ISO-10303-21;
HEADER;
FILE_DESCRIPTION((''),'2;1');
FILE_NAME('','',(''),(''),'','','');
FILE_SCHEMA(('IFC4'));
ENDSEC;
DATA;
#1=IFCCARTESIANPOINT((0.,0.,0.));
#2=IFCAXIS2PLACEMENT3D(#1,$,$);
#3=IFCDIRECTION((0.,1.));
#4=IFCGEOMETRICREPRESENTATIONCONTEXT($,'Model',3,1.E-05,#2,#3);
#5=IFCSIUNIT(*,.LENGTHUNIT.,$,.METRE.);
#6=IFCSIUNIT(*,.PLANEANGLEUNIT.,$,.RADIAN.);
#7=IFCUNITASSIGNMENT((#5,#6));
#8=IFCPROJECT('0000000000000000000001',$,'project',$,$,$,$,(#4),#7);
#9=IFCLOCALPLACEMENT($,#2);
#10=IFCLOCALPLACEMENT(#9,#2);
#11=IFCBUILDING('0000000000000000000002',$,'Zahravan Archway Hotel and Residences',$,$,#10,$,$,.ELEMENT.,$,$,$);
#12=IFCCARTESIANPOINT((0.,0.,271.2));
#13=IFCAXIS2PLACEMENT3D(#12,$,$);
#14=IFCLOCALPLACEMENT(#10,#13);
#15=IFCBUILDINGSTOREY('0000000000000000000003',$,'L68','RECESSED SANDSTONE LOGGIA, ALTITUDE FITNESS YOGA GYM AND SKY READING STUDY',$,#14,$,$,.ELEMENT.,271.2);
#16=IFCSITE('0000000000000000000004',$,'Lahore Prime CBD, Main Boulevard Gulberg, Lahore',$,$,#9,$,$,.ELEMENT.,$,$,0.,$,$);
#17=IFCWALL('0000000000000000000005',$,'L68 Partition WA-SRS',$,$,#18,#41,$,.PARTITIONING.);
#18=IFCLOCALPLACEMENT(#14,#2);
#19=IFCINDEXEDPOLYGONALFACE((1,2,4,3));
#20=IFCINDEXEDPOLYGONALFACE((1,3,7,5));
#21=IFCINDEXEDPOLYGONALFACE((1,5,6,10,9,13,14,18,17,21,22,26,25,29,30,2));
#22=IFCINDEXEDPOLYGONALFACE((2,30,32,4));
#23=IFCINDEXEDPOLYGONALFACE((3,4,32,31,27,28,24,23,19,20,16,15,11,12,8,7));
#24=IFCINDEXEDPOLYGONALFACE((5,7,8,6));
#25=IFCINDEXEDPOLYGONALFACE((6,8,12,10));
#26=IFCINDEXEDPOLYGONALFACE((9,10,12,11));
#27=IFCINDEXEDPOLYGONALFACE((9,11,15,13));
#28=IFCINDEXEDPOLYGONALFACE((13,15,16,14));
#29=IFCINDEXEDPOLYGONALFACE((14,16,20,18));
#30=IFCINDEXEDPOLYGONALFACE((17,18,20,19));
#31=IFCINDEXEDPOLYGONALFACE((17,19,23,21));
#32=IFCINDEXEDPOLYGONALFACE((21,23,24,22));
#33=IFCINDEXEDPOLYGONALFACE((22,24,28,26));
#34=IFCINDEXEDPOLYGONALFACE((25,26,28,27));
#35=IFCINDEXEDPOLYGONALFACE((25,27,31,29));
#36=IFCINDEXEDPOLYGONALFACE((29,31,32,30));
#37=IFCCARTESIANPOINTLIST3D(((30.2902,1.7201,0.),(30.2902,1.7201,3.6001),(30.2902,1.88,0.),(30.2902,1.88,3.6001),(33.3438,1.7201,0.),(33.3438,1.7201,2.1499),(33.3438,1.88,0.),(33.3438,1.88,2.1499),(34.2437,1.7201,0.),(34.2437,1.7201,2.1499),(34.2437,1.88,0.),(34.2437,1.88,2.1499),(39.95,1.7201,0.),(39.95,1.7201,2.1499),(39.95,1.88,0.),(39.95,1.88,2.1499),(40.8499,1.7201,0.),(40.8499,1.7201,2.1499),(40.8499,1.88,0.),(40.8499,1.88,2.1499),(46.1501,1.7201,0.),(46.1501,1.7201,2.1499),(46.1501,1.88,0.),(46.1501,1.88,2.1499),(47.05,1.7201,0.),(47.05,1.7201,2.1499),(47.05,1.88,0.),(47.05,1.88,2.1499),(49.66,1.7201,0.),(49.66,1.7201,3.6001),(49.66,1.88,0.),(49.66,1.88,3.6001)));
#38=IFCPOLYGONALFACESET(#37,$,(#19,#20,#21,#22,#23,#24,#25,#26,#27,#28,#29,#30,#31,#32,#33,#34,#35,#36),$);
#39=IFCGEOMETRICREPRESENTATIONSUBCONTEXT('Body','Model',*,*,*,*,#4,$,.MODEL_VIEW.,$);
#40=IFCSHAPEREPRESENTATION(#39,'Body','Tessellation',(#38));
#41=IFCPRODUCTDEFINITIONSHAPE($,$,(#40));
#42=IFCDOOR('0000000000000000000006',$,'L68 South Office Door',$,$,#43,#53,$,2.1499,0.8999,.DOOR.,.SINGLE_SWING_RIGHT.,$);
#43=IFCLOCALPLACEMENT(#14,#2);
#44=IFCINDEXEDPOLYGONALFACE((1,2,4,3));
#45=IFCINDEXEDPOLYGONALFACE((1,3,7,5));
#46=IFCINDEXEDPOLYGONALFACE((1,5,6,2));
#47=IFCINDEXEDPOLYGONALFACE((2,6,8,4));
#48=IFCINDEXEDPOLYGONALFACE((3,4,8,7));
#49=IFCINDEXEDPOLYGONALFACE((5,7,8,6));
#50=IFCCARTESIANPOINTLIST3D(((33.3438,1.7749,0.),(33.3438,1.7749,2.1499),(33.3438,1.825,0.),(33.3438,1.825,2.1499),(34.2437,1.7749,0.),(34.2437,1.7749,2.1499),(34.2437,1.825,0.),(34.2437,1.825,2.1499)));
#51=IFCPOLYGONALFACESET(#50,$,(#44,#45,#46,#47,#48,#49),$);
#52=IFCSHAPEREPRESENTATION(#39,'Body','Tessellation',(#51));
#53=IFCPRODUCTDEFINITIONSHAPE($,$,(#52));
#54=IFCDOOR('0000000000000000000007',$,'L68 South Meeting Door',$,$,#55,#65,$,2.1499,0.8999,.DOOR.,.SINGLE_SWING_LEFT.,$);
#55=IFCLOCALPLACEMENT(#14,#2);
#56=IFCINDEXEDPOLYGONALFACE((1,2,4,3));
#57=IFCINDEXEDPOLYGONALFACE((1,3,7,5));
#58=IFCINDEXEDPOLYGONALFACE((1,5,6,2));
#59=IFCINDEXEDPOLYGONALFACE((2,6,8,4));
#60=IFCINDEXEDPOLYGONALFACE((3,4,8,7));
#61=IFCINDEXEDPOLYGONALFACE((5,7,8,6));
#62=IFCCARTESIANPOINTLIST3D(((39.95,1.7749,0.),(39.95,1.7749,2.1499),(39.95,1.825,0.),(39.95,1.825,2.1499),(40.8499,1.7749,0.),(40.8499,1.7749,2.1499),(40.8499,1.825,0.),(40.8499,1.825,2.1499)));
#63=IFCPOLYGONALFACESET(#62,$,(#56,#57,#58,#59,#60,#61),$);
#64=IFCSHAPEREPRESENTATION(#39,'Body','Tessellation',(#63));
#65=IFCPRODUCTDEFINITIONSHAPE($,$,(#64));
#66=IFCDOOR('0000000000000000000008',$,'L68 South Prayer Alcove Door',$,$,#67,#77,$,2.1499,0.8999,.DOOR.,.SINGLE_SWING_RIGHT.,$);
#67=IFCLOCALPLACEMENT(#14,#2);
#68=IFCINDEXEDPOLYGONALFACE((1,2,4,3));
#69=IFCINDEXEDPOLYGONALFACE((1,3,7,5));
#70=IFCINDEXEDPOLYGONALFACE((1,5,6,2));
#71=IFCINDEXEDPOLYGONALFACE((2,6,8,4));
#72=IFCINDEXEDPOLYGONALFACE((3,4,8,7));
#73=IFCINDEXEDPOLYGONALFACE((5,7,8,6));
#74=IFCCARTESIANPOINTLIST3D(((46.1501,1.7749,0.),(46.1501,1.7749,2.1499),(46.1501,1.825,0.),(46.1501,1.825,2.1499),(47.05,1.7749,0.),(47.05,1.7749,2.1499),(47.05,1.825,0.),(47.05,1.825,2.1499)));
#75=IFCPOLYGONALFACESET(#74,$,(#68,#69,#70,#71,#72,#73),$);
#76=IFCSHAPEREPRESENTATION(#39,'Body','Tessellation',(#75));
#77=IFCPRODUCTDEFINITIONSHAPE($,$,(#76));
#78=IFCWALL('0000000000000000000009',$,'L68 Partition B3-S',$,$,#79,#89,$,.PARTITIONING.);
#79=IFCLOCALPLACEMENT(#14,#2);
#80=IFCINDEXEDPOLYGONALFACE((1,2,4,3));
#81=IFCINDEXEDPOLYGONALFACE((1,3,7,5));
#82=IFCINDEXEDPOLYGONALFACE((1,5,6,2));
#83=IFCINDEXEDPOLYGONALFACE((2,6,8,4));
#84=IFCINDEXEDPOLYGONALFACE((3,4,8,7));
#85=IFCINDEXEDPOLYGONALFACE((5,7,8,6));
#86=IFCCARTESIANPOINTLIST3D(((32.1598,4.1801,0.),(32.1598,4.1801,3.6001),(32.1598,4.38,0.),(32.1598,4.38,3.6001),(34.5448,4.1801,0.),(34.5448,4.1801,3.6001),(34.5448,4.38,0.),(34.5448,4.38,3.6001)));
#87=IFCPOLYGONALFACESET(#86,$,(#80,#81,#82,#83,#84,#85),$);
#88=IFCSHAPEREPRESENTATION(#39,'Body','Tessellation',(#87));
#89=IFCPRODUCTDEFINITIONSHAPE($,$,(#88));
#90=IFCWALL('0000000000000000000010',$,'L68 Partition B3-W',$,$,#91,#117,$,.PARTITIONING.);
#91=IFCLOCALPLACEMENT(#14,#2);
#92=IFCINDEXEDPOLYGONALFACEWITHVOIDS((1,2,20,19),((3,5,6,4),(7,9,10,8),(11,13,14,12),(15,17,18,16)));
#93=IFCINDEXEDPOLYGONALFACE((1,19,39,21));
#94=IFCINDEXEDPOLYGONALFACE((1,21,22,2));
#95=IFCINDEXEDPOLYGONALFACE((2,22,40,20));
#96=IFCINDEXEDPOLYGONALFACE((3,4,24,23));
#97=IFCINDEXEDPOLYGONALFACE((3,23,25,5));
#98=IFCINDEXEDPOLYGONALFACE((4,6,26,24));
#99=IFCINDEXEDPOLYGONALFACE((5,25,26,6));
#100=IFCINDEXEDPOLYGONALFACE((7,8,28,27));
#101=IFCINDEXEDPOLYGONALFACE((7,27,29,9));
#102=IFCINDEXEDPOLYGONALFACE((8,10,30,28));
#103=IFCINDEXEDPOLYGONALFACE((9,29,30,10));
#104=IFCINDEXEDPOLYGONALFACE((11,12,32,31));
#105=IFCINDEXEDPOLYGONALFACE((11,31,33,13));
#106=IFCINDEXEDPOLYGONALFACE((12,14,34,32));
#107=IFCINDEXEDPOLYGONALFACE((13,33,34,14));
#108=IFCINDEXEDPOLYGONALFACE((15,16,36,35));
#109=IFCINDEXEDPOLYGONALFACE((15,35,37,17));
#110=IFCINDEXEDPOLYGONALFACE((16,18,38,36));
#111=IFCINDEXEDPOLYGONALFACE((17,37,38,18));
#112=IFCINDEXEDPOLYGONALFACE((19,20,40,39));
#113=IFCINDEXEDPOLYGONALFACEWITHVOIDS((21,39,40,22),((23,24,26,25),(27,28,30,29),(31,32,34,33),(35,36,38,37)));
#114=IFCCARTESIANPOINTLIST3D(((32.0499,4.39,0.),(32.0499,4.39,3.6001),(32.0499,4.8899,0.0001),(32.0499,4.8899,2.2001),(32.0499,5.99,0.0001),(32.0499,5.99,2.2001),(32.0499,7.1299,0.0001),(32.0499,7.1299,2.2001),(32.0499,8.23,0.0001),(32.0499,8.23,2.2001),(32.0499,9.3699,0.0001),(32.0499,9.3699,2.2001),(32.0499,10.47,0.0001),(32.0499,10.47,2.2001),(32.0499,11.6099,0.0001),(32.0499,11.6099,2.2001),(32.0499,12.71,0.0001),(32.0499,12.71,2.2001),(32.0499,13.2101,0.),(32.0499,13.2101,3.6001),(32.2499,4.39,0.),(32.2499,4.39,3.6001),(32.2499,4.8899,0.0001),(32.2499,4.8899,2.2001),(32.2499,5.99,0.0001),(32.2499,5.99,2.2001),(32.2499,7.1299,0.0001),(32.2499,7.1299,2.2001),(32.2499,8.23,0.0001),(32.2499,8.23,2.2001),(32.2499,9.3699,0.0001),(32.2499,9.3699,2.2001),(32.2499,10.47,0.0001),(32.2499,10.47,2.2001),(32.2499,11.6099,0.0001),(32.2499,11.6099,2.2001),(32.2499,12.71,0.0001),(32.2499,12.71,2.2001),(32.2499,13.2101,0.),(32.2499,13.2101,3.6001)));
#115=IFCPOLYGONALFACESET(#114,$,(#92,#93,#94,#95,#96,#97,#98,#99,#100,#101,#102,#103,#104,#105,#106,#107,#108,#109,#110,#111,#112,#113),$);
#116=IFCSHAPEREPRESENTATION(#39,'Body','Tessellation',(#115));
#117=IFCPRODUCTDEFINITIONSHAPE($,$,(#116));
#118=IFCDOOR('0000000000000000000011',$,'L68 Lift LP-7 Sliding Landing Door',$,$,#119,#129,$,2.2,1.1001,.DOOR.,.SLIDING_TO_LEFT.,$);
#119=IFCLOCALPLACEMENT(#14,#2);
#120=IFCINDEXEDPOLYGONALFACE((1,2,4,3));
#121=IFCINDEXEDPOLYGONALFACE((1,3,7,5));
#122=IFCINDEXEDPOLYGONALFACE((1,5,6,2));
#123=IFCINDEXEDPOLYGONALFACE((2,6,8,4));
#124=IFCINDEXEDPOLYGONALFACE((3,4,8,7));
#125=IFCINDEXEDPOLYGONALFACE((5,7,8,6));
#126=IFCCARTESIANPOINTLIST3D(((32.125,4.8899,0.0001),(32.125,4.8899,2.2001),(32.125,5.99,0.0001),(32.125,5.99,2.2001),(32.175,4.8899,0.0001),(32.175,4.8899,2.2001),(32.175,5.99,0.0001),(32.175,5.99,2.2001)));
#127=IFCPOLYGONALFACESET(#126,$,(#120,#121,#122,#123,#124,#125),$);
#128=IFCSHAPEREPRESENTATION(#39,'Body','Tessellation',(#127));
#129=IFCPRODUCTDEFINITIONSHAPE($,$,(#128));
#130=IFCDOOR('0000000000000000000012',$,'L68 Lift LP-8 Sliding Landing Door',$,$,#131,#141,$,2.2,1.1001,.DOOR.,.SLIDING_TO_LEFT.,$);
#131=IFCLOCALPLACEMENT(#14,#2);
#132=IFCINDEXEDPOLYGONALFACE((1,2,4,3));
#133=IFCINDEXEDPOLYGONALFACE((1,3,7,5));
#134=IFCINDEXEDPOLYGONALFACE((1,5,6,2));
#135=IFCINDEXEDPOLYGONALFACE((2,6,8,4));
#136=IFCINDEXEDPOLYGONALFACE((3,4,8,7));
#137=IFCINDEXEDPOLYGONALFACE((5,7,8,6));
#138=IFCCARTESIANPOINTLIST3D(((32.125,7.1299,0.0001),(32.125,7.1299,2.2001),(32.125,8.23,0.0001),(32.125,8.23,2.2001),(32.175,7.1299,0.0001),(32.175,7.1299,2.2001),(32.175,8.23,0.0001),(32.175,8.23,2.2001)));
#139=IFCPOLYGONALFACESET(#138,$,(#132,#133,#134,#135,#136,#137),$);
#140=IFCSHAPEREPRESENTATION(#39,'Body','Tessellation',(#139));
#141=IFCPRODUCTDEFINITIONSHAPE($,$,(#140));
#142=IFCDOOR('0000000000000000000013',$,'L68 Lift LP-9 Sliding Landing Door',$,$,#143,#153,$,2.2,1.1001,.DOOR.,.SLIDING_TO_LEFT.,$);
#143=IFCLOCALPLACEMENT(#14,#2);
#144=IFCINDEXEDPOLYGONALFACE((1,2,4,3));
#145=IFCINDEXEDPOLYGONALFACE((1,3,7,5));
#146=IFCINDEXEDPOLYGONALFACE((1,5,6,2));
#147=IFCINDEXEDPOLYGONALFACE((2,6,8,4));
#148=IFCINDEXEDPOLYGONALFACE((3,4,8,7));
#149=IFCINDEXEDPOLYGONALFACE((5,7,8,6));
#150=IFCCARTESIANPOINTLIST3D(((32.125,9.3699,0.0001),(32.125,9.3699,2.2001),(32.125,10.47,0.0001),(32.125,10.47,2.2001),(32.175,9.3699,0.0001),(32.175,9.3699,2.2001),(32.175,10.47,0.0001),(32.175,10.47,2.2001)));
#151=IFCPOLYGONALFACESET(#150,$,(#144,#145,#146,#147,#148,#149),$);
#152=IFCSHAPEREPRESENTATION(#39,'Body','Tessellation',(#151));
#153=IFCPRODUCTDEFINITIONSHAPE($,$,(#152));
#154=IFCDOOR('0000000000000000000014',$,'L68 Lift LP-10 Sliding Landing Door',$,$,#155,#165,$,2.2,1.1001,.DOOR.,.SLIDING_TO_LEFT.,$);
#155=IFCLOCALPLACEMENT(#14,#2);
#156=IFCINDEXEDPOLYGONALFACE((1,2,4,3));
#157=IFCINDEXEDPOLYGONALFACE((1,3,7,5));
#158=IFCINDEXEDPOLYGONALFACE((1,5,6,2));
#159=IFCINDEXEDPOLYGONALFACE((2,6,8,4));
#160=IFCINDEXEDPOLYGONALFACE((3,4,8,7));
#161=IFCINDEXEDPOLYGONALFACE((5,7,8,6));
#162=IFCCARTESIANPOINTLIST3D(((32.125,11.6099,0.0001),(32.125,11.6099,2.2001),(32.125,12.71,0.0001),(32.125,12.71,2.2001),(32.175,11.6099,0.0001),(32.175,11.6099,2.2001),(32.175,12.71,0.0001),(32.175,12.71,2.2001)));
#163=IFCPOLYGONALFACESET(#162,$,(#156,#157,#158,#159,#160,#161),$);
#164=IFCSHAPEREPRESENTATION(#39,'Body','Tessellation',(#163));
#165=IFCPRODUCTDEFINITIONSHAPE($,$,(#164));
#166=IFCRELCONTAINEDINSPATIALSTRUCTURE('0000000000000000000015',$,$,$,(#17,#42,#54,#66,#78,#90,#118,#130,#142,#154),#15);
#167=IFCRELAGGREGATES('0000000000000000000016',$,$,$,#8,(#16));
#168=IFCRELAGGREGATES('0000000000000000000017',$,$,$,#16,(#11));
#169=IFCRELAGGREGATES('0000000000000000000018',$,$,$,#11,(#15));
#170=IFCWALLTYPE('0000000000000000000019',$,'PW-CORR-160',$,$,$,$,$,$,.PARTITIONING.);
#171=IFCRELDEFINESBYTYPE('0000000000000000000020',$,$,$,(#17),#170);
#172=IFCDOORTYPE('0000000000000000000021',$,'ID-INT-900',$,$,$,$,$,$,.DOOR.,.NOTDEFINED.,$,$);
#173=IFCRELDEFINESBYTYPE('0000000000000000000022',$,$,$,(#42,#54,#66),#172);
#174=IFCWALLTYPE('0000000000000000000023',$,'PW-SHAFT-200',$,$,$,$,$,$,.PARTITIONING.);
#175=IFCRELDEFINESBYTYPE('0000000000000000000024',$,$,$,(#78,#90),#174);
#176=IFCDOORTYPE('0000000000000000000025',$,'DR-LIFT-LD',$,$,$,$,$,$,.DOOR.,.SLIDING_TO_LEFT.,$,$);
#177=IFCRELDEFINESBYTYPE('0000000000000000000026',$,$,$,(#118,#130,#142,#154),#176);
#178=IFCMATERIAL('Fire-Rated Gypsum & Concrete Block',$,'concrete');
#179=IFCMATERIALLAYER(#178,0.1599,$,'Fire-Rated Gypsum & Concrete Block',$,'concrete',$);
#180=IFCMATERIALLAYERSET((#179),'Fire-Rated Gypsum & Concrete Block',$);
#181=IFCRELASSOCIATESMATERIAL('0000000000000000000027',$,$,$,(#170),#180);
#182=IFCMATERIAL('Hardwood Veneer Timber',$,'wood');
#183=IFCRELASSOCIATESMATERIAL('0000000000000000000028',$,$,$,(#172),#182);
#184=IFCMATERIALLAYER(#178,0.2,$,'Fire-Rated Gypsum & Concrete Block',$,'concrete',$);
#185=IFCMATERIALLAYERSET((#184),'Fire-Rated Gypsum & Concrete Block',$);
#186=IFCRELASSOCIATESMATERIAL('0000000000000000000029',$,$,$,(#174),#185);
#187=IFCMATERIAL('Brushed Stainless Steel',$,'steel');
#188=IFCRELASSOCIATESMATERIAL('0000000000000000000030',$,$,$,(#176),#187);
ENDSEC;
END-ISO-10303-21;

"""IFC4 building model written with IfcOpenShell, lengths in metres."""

from ifc_helpers import new_model, si_unit, direction, frame, frame_2d, origin, place, context, subcontext, project, spatial, rectangle, extrude, source, transform, mapped, material, layer, layer_set, type_object, type_shapes, element, fill, save


model = new_model("IFC4")

# Units and contexts
model_context = context("Model", 3, precision=1e-05, world=origin(), true_north=direction((0.0, 1.0)))
body_context = subcontext(model_context, "Body", "Model", "MODEL_VIEW")
ifc_project = project(units=[si_unit("LENGTHUNIT", "METRE"), si_unit("PLANEANGLEUNIT", "RADIAN")], contexts=[model_context])

# Site, building, storey
site_placement = place(None, origin())
site = spatial("IfcSite", under=ifc_project, at=site_placement, Name="Lahore Prime CBD, Main Boulevard Gulberg, Lahore", CompositionType="ELEMENT", RefElevation=0.0)
building_placement = place(site_placement, origin())
building = spatial("IfcBuilding", under=site, at=building_placement, Name="Zahravan Archway Hotel and Residences", CompositionType="ELEMENT")
storey_placement = place(building_placement, frame((0.0, 0.0, 271.2)))
storey = spatial("IfcBuildingStorey", under=building, at=storey_placement, Name="L68", Description="RECESSED SANDSTONE LOGGIA, ALTITUDE FITNESS YOGA GYM AND SKY READING STUDY", CompositionType="ELEMENT", Elevation=271.2)

# Shared definitions
ifc_material_1 = material(Name="Fire-Rated Gypsum & Concrete Block", Category="concrete")

# Shared definitions
ifc_layer_1 = layer(ifc_material_1, 0.1599, Name="Fire-Rated Gypsum & Concrete Block", Category="concrete")
ifc_layer_set_1 = layer_set([ifc_layer_1], Name="Fire-Rated Gypsum & Concrete Block")
wall_type_1 = type_object("IfcWallType", Name="PW-CORR-160", PredefinedType="PARTITIONING", material=ifc_layer_set_1)

# Wall, openings, doors
wall_1_placement = place(storey_placement, frame((30.29, 1.8, 0.0), z_axis=(0.0, 0.0, 1.0), x_axis=(1.0, 0.0, 0.0)))
wall_1 = element("IfcWall", 1, at=wall_1_placement, inside=storey, type_object=wall_type_1, Name="L68 Partition WA-SRS", PredefinedType="PARTITIONING", context=body_context, shape_type="SweptSolid", body=[
    extrude(rectangle(XDim=19.3699, YDim=0.1599, at=frame_2d((9.6851, 0.0))), origin(), (0.0, 0.0, 1.0), 3.6001),
])
opening_1_placement = place(wall_1_placement, frame((3.0537, 0.0, 0.0)))
opening_1 = element("IfcOpeningElement", 2, at=opening_1_placement, cuts=wall_1, PredefinedType="OPENING", context=body_context, shape_type="SweptSolid", body=[
    extrude(rectangle(XDim=0.8999, YDim=2.1499, at=frame_2d((0.45, 1.075))), frame((0.0, 0.0898, 0.0), z_axis=(0.0, -1.0, 0.0), x_axis=(1.0, 0.0, 0.0)), (0.0, 0.0, 1.0), 0.1799),
])
opening_2_placement = place(wall_1_placement, frame((9.6599, 0.0, 0.0)))
opening_2 = element("IfcOpeningElement", 3, at=opening_2_placement, cuts=wall_1, PredefinedType="OPENING", context=body_context, shape_type="SweptSolid", body=[
    extrude(rectangle(XDim=0.8999, YDim=2.1499, at=frame_2d((0.45, 1.075))), frame((0.0, 0.0898, 0.0), z_axis=(0.0, -1.0, 0.0), x_axis=(1.0, 0.0, 0.0)), (0.0, 0.0, 1.0), 0.1799),
])
opening_3_placement = place(wall_1_placement, frame((15.8601, 0.0, 0.0)))
opening_3 = element("IfcOpeningElement", 4, at=opening_3_placement, cuts=wall_1, PredefinedType="OPENING", context=body_context, shape_type="SweptSolid", body=[
    extrude(rectangle(XDim=0.8999, YDim=2.1499, at=frame_2d((0.45, 1.075))), frame((0.0, 0.0898, 0.0), z_axis=(0.0, -1.0, 0.0), x_axis=(1.0, 0.0, 0.0)), (0.0, 0.0, 1.0), 0.1799),
])
ifc_material_2 = material(Name="Hardwood Veneer Timber", Category="wood")
door_type_1 = type_object("IfcDoorType", Name="ID-INT-900", OperationType="NOTDEFINED", PredefinedType="DOOR", material=ifc_material_2)
shared_shape_1 = source(origin(), body_context, "Body", "SweptSolid", [
    extrude(rectangle(XDim=0.8999, YDim=2.1499, at=frame_2d((0.45, 1.075))), frame((0.0, 0.0249, 0.0), z_axis=(0.0, -1.0, 0.0), x_axis=(1.0, 0.0, 0.0)), (0.0, 0.0, 1.0), 0.05),
])
type_shapes(door_type_1, [shared_shape_1])
door_1_placement = place(opening_1_placement, origin())
door_1 = element("IfcDoor", 5, at=door_1_placement, inside=storey, type_object=door_type_1, Name="L68 South Office Door", OperationType="SINGLE_SWING_RIGHT", OverallHeight=2.1499, OverallWidth=0.8999, PredefinedType="DOOR", context=body_context, shape_type="MappedRepresentation", body=[
    mapped(shared_shape_1, transform((0.0, 0.0, 0.0), scale=1.0)),
])
fill(opening_1, door_1)
door_2_placement = place(opening_2_placement, origin())
door_2 = element("IfcDoor", 6, at=door_2_placement, inside=storey, type_object=door_type_1, Name="L68 South Meeting Door", OperationType="SINGLE_SWING_LEFT", OverallHeight=2.1499, OverallWidth=0.8999, PredefinedType="DOOR", context=body_context, shape_type="MappedRepresentation", body=[
    mapped(shared_shape_1, transform((0.0, 0.0, 0.0), scale=1.0)),
])
fill(opening_2, door_2)
door_3_placement = place(opening_3_placement, origin())
door_3 = element("IfcDoor", 7, at=door_3_placement, inside=storey, type_object=door_type_1, Name="L68 South Prayer Alcove Door", OperationType="SINGLE_SWING_RIGHT", OverallHeight=2.1499, OverallWidth=0.8999, PredefinedType="DOOR", context=body_context, shape_type="MappedRepresentation", body=[
    mapped(shared_shape_1, transform((0.0, 0.0, 0.0), scale=1.0)),
])
fill(opening_3, door_3)

# Wall
ifc_layer_2 = layer(ifc_material_1, 0.2, Name="Fire-Rated Gypsum & Concrete Block", Category="concrete")
ifc_layer_set_2 = layer_set([ifc_layer_2], Name="Fire-Rated Gypsum & Concrete Block")
wall_type_2 = type_object("IfcWallType", Name="PW-SHAFT-200", PredefinedType="PARTITIONING", material=ifc_layer_set_2)
wall_2_placement = place(storey_placement, frame((32.1599, 4.28, 0.0), z_axis=(0.0, 0.0, 1.0), x_axis=(1.0, 0.0, 0.0)))
element("IfcWall", 8, at=wall_2_placement, inside=storey, type_object=wall_type_2, Name="L68 Partition B3-S", PredefinedType="PARTITIONING", context=body_context, shape_type="SweptSolid", body=[
    extrude(rectangle(XDim=2.385, YDim=0.2, at=frame_2d((1.1924, 0.0))), origin(), (0.0, 0.0, 1.0), 3.6001),
])

# Wall, openings, doors
wall_3_placement = place(storey_placement, frame((32.1499, 4.3899, 0.0), z_axis=(0.0, 0.0, 1.0), x_axis=(0.0, 1.0, 0.0)))
wall_3 = element("IfcWall", 9, at=wall_3_placement, inside=storey, type_object=wall_type_2, Name="L68 Partition B3-W", PredefinedType="PARTITIONING", context=body_context, shape_type="SweptSolid", body=[
    extrude(rectangle(XDim=8.8201, YDim=0.2, at=frame_2d((4.4102, 0.0))), origin(), (0.0, 0.0, 1.0), 3.6001),
])
opening_4_placement = place(wall_3_placement, frame((0.5, 0.0, 0.0)))
opening_4 = element("IfcOpeningElement", 10, at=opening_4_placement, cuts=wall_3, PredefinedType="OPENING", context=body_context, shape_type="SweptSolid", body=[
    extrude(rectangle(XDim=1.1001, YDim=2.2, at=frame_2d((0.55, 1.1001))), frame((0.0, 0.1099, 0.0), z_axis=(0.0, -1.0, 0.0), x_axis=(1.0, 0.0, 0.0)), (0.0, 0.0, 1.0), 0.22),
])
opening_5_placement = place(wall_3_placement, frame((2.74, 0.0, 0.0)))
opening_5 = element("IfcOpeningElement", 11, at=opening_5_placement, cuts=wall_3, PredefinedType="OPENING", context=body_context, shape_type="SweptSolid", body=[
    extrude(rectangle(XDim=1.1001, YDim=2.2, at=frame_2d((0.55, 1.1001))), frame((0.0, 0.1099, 0.0), z_axis=(0.0, -1.0, 0.0), x_axis=(1.0, 0.0, 0.0)), (0.0, 0.0, 1.0), 0.22),
])
opening_6_placement = place(wall_3_placement, frame((4.98, 0.0, 0.0)))
opening_6 = element("IfcOpeningElement", 12, at=opening_6_placement, cuts=wall_3, PredefinedType="OPENING", context=body_context, shape_type="SweptSolid", body=[
    extrude(rectangle(XDim=1.1001, YDim=2.2, at=frame_2d((0.55, 1.1001))), frame((0.0, 0.1099, 0.0), z_axis=(0.0, -1.0, 0.0), x_axis=(1.0, 0.0, 0.0)), (0.0, 0.0, 1.0), 0.22),
])
opening_7_placement = place(wall_3_placement, frame((7.22, 0.0, 0.0)))
opening_7 = element("IfcOpeningElement", 13, at=opening_7_placement, cuts=wall_3, PredefinedType="OPENING", context=body_context, shape_type="SweptSolid", body=[
    extrude(rectangle(XDim=1.1001, YDim=2.2, at=frame_2d((0.55, 1.1001))), frame((0.0, 0.1099, 0.0), z_axis=(0.0, -1.0, 0.0), x_axis=(1.0, 0.0, 0.0)), (0.0, 0.0, 1.0), 0.22),
])
ifc_material_3 = material(Name="Brushed Stainless Steel", Category="steel")
door_type_2 = type_object("IfcDoorType", Name="DR-LIFT-LD", OperationType="SLIDING_TO_LEFT", PredefinedType="DOOR", material=ifc_material_3)
shared_shape_2 = source(origin(), body_context, "Body", "SweptSolid", [
    extrude(rectangle(XDim=1.1001, YDim=2.2, at=frame_2d((0.55, 1.1001))), frame((0.0, 0.0249, 0.0), z_axis=(0.0, -1.0, 0.0), x_axis=(1.0, 0.0, 0.0)), (0.0, 0.0, 1.0), 0.05),
])
type_shapes(door_type_2, [shared_shape_2])
door_4_placement = place(opening_4_placement, origin())
door_4 = element("IfcDoor", 14, at=door_4_placement, inside=storey, type_object=door_type_2, Name="L68 Lift LP-7 Sliding Landing Door", OperationType="SLIDING_TO_LEFT", OverallHeight=2.2, OverallWidth=1.1001, PredefinedType="DOOR", context=body_context, shape_type="MappedRepresentation", body=[
    mapped(shared_shape_2, transform((0.0, 0.0, 0.0), scale=1.0)),
])
fill(opening_4, door_4)
door_5_placement = place(opening_5_placement, origin())
door_5 = element("IfcDoor", 15, at=door_5_placement, inside=storey, type_object=door_type_2, Name="L68 Lift LP-8 Sliding Landing Door", OperationType="SLIDING_TO_LEFT", OverallHeight=2.2, OverallWidth=1.1001, PredefinedType="DOOR", context=body_context, shape_type="MappedRepresentation", body=[
    mapped(shared_shape_2, transform((0.0, 0.0, 0.0), scale=1.0)),
])
fill(opening_5, door_5)
door_6_placement = place(opening_6_placement, origin())
door_6 = element("IfcDoor", 16, at=door_6_placement, inside=storey, type_object=door_type_2, Name="L68 Lift LP-9 Sliding Landing Door", OperationType="SLIDING_TO_LEFT", OverallHeight=2.2, OverallWidth=1.1001, PredefinedType="DOOR", context=body_context, shape_type="MappedRepresentation", body=[
    mapped(shared_shape_2, transform((0.0, 0.0, 0.0), scale=1.0)),
])
fill(opening_6, door_6)
door_7_placement = place(opening_7_placement, origin())
door_7 = element("IfcDoor", 17, at=door_7_placement, inside=storey, type_object=door_type_2, Name="L68 Lift LP-10 Sliding Landing Door", OperationType="SLIDING_TO_LEFT", OverallHeight=2.2, OverallWidth=1.1001, PredefinedType="DOOR", context=body_context, shape_type="MappedRepresentation", body=[
    mapped(shared_shape_2, transform((0.0, 0.0, 0.0), scale=1.0)),
])
fill(opening_7, door_7)

save(model, "model.ifc")
